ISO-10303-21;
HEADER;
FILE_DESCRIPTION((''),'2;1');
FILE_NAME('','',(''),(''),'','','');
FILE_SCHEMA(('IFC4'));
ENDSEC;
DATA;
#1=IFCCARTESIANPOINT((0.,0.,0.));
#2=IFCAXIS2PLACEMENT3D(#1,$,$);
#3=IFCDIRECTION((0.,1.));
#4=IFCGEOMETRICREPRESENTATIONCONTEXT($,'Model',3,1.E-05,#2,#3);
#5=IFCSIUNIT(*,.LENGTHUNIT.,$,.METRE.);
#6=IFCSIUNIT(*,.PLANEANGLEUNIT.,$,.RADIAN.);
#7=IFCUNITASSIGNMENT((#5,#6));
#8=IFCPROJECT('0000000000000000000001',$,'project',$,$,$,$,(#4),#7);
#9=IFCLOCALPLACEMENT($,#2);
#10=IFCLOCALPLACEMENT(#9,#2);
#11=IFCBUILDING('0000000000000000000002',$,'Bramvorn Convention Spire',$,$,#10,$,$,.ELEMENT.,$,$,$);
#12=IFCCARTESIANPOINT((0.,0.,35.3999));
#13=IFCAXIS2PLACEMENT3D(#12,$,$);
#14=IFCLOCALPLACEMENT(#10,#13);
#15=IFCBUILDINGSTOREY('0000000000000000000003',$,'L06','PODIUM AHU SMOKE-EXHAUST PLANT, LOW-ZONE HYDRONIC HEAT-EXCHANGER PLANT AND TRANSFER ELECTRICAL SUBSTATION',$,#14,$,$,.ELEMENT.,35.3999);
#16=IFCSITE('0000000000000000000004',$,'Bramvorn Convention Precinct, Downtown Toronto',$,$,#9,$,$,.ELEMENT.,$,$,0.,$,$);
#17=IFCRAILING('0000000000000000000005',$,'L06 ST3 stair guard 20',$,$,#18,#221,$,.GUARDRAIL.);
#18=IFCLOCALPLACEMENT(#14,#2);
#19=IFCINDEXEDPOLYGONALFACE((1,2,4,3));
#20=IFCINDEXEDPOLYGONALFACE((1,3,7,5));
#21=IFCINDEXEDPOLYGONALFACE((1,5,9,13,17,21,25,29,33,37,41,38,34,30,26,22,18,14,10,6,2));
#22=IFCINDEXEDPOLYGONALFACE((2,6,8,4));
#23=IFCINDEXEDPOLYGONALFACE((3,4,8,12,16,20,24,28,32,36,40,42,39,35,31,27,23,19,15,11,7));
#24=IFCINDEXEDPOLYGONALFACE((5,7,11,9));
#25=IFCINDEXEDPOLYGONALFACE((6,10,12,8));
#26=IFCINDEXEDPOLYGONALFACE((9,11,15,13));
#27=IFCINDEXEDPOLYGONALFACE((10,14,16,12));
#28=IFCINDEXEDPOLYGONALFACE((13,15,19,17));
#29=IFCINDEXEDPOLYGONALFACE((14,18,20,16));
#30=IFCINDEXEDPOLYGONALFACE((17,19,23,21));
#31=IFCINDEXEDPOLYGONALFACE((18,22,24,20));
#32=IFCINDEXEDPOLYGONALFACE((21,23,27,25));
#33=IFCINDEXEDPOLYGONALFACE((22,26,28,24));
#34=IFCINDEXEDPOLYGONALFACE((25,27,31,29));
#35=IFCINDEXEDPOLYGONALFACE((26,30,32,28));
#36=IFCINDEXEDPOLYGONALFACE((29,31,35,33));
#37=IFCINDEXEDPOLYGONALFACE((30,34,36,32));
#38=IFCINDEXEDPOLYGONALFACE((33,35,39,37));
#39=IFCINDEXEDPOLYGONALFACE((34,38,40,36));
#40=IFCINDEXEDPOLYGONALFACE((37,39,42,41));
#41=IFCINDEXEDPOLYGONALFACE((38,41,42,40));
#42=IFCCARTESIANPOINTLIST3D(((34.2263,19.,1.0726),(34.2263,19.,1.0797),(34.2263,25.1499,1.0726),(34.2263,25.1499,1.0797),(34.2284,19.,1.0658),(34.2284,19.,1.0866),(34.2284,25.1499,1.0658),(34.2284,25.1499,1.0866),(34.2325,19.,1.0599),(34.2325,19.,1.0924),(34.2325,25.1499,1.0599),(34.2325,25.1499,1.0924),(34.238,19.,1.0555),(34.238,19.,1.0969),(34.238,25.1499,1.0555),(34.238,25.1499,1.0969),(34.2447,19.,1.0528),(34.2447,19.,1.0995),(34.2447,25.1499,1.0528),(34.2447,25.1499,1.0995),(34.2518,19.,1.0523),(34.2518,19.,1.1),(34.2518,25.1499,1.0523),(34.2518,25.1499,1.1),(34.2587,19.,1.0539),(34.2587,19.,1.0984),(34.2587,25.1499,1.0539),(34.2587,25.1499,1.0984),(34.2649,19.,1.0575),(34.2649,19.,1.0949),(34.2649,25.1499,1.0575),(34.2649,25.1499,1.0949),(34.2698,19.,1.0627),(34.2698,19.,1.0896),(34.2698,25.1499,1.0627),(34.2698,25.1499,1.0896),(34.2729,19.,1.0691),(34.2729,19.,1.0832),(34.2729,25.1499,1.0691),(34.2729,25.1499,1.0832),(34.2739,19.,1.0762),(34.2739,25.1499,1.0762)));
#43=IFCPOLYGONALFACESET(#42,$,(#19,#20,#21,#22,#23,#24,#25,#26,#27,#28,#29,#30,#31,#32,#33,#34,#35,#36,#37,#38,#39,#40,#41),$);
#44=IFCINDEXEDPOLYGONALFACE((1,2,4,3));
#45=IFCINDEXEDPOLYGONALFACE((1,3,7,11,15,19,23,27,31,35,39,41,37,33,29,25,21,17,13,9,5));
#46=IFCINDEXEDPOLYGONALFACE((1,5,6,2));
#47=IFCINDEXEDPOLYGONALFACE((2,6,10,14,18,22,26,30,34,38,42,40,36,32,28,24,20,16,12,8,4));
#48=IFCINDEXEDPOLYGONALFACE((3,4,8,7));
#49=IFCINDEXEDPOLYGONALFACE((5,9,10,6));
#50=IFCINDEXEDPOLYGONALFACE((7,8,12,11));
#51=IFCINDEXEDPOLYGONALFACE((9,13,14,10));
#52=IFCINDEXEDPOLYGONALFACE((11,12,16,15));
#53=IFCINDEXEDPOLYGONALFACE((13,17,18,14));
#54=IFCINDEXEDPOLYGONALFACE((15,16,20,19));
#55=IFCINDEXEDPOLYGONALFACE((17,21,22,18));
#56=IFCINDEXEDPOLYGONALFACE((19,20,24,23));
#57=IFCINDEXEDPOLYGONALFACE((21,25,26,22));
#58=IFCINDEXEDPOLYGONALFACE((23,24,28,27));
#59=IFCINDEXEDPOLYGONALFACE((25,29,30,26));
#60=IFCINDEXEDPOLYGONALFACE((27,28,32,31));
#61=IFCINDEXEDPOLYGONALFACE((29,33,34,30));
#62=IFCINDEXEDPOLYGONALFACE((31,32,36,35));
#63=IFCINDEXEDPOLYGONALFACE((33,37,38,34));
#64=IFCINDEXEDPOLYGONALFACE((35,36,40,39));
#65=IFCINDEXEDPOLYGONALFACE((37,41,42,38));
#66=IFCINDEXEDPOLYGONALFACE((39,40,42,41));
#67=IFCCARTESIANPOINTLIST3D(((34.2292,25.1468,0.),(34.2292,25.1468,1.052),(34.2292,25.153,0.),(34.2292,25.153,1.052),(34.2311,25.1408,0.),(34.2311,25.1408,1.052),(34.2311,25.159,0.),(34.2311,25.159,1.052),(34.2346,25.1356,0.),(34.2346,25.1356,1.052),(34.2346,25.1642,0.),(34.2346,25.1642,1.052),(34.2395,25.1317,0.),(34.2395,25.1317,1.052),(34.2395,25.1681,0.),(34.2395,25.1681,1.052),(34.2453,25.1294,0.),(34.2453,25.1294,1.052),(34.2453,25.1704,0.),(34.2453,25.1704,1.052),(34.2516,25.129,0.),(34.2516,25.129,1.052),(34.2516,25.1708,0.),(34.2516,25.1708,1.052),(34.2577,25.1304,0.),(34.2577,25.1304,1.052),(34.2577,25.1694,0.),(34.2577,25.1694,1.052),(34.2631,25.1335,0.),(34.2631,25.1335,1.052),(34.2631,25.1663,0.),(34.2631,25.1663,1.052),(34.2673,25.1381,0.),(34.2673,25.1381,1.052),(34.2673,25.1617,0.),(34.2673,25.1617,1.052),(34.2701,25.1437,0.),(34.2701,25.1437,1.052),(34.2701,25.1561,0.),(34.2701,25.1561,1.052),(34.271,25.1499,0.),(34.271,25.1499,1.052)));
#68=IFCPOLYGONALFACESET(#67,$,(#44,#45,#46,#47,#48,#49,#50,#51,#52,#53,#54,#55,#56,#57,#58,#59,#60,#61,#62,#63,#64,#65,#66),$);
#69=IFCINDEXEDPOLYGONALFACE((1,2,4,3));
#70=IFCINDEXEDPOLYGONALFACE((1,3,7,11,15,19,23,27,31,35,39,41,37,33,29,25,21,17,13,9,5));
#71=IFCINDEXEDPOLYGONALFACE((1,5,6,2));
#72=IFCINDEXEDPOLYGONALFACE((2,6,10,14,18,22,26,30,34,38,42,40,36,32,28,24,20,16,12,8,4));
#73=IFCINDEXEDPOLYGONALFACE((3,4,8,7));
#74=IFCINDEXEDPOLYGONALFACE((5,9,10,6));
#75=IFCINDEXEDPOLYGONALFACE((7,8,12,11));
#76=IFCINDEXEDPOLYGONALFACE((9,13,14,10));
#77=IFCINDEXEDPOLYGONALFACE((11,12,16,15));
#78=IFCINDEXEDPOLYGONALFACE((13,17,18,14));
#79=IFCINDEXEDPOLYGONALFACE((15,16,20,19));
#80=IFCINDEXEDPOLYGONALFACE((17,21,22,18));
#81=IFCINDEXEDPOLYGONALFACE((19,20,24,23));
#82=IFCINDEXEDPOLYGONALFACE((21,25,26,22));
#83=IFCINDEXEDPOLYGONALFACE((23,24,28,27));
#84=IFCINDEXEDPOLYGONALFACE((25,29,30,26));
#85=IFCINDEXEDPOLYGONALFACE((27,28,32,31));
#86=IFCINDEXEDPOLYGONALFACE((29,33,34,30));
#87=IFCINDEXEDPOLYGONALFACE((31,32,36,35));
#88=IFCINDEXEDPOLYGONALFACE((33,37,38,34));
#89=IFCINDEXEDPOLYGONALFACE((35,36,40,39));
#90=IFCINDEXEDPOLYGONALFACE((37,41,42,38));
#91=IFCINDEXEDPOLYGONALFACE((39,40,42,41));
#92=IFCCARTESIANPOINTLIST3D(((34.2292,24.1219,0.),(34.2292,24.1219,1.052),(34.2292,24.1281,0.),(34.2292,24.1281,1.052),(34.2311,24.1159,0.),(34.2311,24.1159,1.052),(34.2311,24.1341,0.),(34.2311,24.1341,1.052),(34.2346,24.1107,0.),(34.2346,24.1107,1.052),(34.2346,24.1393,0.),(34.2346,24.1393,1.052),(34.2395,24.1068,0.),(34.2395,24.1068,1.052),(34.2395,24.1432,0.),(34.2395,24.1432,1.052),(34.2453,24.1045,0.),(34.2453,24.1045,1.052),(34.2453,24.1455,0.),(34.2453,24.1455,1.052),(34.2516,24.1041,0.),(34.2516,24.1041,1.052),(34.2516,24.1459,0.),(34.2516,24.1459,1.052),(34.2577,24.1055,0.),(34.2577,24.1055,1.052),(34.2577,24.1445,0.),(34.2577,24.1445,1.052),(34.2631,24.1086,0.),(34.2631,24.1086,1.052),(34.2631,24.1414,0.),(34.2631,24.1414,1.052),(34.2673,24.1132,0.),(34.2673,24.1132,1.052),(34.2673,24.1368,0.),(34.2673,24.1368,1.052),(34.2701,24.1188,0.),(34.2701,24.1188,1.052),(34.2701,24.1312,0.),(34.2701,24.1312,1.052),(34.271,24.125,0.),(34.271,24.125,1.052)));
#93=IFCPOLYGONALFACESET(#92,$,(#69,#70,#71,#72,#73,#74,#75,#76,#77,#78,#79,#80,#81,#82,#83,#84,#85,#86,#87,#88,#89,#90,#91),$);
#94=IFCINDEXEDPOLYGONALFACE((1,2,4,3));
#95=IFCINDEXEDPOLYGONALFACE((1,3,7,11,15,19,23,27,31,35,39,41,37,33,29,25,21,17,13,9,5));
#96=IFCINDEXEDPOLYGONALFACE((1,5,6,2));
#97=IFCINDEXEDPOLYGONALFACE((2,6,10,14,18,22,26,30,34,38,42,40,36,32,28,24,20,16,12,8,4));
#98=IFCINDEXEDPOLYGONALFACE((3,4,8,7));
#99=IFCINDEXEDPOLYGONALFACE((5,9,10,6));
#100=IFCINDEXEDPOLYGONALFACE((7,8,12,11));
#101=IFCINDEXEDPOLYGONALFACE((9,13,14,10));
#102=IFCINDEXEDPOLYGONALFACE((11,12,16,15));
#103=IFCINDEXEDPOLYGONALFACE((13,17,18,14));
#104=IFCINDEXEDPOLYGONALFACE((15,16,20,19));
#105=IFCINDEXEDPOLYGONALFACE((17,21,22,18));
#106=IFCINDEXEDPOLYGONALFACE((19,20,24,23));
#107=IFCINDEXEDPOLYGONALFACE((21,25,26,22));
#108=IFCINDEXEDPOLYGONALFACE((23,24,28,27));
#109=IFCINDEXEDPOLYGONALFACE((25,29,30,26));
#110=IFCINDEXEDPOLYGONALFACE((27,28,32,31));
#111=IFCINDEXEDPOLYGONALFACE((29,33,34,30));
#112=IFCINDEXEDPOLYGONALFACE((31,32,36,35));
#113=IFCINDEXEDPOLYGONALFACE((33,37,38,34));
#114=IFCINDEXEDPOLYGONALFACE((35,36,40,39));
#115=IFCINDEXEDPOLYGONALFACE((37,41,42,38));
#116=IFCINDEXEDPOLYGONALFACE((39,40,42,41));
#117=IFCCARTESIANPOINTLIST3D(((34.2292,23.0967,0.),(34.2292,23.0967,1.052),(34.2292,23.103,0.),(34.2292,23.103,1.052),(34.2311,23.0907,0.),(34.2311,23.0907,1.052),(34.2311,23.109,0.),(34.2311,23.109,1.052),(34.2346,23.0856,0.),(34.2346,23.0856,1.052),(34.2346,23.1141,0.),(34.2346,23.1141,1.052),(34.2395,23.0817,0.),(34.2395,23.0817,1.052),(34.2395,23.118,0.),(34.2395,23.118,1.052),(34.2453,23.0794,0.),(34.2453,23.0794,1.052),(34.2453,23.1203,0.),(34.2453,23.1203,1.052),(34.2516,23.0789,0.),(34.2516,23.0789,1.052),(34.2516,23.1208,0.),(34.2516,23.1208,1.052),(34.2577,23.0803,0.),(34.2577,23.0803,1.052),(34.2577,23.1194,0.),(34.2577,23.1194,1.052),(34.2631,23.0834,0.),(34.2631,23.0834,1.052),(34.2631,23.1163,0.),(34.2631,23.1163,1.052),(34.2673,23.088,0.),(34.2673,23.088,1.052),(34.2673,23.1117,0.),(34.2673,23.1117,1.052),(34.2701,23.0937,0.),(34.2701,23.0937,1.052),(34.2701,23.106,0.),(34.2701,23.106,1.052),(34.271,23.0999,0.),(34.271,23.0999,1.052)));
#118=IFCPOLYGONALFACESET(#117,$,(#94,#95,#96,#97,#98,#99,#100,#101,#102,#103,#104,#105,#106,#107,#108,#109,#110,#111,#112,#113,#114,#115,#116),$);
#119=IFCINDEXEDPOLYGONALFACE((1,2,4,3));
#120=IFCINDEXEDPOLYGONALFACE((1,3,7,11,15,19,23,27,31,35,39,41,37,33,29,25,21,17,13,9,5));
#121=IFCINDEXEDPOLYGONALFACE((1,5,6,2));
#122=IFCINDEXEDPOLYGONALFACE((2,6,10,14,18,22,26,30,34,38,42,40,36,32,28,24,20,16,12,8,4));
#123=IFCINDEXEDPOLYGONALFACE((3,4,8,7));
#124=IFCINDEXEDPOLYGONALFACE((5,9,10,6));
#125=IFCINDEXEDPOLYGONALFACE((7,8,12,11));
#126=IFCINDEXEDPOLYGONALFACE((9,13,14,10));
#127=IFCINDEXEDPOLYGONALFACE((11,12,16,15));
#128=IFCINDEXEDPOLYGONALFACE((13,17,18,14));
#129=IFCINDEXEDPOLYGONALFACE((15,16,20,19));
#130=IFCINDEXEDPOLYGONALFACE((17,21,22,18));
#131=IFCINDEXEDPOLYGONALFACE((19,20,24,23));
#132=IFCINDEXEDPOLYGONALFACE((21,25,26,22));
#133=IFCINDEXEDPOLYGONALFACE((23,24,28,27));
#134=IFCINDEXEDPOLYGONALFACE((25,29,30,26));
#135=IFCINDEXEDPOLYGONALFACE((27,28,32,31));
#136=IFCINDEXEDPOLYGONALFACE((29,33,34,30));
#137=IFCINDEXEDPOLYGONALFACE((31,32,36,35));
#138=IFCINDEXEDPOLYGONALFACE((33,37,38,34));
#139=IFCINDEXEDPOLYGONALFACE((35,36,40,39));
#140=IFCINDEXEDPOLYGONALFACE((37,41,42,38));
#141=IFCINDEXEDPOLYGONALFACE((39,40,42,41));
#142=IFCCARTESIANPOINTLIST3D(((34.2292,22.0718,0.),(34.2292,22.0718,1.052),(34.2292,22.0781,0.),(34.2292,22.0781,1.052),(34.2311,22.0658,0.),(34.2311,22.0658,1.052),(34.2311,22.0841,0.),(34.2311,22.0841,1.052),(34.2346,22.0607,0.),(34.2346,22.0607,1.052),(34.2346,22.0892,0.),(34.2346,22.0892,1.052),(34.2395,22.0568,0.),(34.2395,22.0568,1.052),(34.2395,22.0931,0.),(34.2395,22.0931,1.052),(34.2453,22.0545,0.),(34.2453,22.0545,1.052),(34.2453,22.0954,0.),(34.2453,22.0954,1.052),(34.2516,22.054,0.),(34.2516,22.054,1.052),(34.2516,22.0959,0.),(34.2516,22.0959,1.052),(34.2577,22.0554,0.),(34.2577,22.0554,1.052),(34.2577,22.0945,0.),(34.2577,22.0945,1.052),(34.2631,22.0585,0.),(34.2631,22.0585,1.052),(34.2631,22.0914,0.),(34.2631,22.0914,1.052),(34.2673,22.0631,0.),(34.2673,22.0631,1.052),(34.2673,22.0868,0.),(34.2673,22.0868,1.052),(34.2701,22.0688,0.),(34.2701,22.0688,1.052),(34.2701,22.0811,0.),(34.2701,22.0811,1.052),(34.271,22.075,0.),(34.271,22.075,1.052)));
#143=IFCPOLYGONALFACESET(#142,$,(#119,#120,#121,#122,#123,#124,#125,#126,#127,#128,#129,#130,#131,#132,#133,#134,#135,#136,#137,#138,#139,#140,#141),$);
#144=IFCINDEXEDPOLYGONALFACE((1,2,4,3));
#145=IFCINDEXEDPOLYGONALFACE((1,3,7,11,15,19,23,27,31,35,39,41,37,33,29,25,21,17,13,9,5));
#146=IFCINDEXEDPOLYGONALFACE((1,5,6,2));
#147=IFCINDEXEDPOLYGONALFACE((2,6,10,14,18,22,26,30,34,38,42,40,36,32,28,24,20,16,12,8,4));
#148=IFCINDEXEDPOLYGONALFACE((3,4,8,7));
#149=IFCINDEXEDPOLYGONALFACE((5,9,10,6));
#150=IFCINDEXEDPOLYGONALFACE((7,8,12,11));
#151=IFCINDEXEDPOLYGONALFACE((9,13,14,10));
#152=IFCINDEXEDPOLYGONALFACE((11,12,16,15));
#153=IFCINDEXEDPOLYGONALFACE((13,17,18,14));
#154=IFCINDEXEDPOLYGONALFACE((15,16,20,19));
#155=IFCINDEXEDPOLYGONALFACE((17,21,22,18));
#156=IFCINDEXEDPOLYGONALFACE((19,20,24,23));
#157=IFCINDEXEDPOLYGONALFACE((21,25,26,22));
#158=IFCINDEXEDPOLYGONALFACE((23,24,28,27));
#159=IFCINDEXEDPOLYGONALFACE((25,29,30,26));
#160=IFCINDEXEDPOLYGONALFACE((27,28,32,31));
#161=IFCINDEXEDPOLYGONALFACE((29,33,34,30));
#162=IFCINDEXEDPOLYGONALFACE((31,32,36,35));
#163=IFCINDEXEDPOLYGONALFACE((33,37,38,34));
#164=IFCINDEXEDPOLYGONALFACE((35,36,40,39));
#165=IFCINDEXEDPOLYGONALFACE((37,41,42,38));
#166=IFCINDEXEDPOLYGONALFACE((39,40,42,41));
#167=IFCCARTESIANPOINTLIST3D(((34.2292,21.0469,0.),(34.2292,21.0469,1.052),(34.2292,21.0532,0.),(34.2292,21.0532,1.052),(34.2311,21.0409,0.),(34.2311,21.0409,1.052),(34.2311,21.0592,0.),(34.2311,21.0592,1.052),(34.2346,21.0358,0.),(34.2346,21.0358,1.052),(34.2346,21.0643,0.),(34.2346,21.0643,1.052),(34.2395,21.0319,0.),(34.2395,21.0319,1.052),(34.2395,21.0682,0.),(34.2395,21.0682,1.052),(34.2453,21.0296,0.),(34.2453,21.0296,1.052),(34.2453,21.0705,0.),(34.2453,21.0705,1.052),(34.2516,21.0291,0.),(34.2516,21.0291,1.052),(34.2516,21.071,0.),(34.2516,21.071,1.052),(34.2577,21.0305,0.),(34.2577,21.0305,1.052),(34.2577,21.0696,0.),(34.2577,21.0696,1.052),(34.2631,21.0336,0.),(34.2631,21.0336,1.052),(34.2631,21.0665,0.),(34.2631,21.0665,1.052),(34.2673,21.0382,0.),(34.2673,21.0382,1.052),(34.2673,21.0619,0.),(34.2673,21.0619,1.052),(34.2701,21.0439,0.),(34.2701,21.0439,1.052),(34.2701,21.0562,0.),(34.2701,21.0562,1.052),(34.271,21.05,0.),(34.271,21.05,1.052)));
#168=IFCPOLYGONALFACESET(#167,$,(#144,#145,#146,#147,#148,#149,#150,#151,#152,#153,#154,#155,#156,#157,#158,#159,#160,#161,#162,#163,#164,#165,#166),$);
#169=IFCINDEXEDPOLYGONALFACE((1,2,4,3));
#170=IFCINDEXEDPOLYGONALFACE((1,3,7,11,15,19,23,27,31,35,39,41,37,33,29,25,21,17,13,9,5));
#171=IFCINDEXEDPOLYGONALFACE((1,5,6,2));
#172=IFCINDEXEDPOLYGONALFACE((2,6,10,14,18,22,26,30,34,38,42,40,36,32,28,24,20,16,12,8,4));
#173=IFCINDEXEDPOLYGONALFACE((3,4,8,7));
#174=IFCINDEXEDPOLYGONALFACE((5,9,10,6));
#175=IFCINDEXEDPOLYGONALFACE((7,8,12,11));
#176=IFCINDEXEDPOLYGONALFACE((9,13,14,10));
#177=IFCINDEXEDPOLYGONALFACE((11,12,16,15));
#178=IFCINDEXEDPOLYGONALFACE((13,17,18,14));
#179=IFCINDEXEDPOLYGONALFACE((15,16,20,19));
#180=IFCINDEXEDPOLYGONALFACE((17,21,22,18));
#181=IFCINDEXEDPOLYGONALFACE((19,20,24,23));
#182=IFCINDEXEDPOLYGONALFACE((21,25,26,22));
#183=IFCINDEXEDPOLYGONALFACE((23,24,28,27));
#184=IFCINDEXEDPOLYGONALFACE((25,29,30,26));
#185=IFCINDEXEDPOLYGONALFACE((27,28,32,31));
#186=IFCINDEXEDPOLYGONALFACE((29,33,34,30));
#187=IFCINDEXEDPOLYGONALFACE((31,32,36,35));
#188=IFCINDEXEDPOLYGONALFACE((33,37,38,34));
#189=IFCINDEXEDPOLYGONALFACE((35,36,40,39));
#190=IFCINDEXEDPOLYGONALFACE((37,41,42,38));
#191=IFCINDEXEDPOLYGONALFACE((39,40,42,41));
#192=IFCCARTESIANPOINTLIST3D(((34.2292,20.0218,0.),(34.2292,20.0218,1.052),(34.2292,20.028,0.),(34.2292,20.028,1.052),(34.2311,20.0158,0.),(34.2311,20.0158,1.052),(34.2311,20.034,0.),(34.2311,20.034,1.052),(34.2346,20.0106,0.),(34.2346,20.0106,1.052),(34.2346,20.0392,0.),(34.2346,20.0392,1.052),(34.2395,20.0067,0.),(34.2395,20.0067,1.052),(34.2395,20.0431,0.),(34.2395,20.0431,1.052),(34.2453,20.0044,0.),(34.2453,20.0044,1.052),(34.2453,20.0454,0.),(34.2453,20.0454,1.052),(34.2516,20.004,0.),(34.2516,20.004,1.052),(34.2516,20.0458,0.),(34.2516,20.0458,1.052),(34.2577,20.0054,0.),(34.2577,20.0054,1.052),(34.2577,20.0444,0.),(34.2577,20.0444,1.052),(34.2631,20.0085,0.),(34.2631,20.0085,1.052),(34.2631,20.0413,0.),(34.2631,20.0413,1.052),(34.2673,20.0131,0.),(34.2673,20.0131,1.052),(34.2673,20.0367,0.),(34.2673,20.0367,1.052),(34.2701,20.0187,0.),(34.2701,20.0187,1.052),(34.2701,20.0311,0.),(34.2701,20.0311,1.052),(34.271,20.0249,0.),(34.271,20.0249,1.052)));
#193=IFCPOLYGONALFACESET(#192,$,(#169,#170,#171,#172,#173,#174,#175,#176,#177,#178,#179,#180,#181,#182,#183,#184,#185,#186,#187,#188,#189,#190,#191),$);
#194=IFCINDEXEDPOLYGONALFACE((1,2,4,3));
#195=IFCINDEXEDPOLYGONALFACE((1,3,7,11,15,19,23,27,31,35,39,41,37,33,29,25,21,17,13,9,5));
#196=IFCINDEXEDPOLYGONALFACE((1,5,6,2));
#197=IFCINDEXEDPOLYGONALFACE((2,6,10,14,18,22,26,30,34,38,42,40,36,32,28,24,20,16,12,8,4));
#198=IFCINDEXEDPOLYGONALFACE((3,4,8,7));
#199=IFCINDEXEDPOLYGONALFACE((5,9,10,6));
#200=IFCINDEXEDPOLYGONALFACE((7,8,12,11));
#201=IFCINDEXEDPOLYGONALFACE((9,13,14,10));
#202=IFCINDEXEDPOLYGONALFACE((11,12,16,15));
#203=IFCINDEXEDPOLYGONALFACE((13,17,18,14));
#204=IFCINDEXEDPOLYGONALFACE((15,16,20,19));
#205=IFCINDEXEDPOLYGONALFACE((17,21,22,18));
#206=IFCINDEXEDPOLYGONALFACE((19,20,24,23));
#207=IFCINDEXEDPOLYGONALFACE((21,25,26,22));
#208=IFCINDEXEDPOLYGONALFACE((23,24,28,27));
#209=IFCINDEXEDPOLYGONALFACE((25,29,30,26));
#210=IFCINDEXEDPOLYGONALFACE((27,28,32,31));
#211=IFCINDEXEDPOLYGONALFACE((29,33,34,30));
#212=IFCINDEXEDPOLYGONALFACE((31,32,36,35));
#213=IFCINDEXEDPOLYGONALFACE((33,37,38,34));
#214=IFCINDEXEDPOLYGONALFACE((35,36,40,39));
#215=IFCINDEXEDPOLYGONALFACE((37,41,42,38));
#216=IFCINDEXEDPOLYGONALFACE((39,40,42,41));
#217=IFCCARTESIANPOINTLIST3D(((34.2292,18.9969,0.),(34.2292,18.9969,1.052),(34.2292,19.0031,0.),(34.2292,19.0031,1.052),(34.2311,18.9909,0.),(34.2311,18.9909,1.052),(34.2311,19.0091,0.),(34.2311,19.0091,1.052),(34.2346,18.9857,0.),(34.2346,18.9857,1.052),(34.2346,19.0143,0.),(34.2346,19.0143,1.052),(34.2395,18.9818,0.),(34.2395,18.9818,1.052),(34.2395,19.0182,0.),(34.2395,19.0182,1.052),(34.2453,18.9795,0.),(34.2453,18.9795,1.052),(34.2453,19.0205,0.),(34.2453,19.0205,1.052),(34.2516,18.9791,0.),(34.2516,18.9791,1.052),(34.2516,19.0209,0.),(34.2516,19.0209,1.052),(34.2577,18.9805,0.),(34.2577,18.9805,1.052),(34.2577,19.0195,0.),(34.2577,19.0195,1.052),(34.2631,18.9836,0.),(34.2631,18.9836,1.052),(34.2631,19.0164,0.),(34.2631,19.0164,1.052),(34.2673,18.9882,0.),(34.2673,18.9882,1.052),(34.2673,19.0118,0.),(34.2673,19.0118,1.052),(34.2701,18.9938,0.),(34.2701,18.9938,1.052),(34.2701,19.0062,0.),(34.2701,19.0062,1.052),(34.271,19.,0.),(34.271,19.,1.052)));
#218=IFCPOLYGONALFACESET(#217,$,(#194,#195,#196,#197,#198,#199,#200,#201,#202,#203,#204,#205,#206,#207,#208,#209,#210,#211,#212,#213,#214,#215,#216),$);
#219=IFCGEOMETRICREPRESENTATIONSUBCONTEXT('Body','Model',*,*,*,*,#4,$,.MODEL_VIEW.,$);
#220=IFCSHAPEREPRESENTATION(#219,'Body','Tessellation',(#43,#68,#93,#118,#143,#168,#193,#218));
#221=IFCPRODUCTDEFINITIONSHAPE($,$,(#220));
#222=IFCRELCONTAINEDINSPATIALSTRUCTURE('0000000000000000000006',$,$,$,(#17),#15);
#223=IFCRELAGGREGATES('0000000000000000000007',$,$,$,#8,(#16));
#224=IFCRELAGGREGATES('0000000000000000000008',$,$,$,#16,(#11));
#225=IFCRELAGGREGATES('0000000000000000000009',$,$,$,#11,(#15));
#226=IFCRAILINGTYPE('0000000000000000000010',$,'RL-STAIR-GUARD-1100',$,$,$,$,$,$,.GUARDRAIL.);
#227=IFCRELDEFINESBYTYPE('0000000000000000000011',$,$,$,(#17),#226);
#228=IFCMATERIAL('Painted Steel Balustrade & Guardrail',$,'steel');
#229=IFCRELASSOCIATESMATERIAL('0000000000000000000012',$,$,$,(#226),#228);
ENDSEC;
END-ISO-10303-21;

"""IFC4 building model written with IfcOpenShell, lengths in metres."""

from ifc_helpers import new_model, si_unit, direction, frame, origin, origin_2d, place, context, subcontext, project, spatial, circle, extrude, material, type_object, element, save


model = new_model("IFC4")

# Units and contexts
model_context = context("Model", 3, precision=1e-05, world=origin(), true_north=direction((0.0, 1.0)))
body_context = subcontext(model_context, "Body", "Model", "MODEL_VIEW")
ifc_project = project(units=[si_unit("LENGTHUNIT", "METRE"), si_unit("PLANEANGLEUNIT", "RADIAN")], contexts=[model_context])

# Site, building, storey
site_placement = place(None, origin())
site = spatial("IfcSite", under=ifc_project, at=site_placement, Name="Bramvorn Convention Precinct, Downtown Toronto", CompositionType="ELEMENT", RefElevation=0.0)
building_placement = place(site_placement, origin())
building = spatial("IfcBuilding", under=site, at=building_placement, Name="Bramvorn Convention Spire", CompositionType="ELEMENT")
storey_placement = place(building_placement, frame((0.0, 0.0, 35.3999)))
storey = spatial("IfcBuildingStorey", under=building, at=storey_placement, Name="L06", Description="PODIUM AHU SMOKE-EXHAUST PLANT, LOW-ZONE HYDRONIC HEAT-EXCHANGER PLANT AND TRANSFER ELECTRICAL SUBSTATION", CompositionType="ELEMENT", Elevation=35.3999)

# Railing
ifc_material_1 = material(Name="Painted Steel Balustrade & Guardrail", Category="steel")
railing_type_1 = type_object("IfcRailingType", Name="RL-STAIR-GUARD-1100", PredefinedType="GUARDRAIL", material=ifc_material_1)
railing_1_placement = place(storey_placement, frame((34.25, 25.1499, 0.0)))
element("IfcRailing", 1, at=railing_1_placement, inside=storey, type_object=railing_type_1, Name="L06 ST3 stair guard 20", PredefinedType="GUARDRAIL", context=body_context, shape_type="SweptSolid", body=[
    extrude(circle(Radius=0.0239, at=origin_2d()), frame((0.0, 0.0, 1.0762), z_axis=(0.0, -1.0, 0.0), x_axis=(1.0, 0.0, 0.0)), (0.0, 0.0, 1.0), 6.1499),
    extrude(circle(Radius=0.021, at=origin_2d()), origin(), (0.0, 0.0, 1.0), 1.052),
    extrude(circle(Radius=0.021, at=origin_2d()), frame((0.0, -1.0249, 0.0)), (0.0, 0.0, 1.0), 1.052),
    extrude(circle(Radius=0.021, at=origin_2d()), frame((0.0, -2.05, 0.0)), (0.0, 0.0, 1.0), 1.052),
    extrude(circle(Radius=0.021, at=origin_2d()), frame((0.0, -3.075, 0.0)), (0.0, 0.0, 1.0), 1.052),
    extrude(circle(Radius=0.021, at=origin_2d()), frame((0.0, -4.0999, 0.0)), (0.0, 0.0, 1.0), 1.052),
    extrude(circle(Radius=0.021, at=origin_2d()), frame((0.0, -5.125, 0.0)), (0.0, 0.0, 1.0), 1.052),
    extrude(circle(Radius=0.021, at=origin_2d()), frame((0.0, -6.1499, 0.0)), (0.0, 0.0, 1.0), 1.052),
])

save(model, "model.ifc")
